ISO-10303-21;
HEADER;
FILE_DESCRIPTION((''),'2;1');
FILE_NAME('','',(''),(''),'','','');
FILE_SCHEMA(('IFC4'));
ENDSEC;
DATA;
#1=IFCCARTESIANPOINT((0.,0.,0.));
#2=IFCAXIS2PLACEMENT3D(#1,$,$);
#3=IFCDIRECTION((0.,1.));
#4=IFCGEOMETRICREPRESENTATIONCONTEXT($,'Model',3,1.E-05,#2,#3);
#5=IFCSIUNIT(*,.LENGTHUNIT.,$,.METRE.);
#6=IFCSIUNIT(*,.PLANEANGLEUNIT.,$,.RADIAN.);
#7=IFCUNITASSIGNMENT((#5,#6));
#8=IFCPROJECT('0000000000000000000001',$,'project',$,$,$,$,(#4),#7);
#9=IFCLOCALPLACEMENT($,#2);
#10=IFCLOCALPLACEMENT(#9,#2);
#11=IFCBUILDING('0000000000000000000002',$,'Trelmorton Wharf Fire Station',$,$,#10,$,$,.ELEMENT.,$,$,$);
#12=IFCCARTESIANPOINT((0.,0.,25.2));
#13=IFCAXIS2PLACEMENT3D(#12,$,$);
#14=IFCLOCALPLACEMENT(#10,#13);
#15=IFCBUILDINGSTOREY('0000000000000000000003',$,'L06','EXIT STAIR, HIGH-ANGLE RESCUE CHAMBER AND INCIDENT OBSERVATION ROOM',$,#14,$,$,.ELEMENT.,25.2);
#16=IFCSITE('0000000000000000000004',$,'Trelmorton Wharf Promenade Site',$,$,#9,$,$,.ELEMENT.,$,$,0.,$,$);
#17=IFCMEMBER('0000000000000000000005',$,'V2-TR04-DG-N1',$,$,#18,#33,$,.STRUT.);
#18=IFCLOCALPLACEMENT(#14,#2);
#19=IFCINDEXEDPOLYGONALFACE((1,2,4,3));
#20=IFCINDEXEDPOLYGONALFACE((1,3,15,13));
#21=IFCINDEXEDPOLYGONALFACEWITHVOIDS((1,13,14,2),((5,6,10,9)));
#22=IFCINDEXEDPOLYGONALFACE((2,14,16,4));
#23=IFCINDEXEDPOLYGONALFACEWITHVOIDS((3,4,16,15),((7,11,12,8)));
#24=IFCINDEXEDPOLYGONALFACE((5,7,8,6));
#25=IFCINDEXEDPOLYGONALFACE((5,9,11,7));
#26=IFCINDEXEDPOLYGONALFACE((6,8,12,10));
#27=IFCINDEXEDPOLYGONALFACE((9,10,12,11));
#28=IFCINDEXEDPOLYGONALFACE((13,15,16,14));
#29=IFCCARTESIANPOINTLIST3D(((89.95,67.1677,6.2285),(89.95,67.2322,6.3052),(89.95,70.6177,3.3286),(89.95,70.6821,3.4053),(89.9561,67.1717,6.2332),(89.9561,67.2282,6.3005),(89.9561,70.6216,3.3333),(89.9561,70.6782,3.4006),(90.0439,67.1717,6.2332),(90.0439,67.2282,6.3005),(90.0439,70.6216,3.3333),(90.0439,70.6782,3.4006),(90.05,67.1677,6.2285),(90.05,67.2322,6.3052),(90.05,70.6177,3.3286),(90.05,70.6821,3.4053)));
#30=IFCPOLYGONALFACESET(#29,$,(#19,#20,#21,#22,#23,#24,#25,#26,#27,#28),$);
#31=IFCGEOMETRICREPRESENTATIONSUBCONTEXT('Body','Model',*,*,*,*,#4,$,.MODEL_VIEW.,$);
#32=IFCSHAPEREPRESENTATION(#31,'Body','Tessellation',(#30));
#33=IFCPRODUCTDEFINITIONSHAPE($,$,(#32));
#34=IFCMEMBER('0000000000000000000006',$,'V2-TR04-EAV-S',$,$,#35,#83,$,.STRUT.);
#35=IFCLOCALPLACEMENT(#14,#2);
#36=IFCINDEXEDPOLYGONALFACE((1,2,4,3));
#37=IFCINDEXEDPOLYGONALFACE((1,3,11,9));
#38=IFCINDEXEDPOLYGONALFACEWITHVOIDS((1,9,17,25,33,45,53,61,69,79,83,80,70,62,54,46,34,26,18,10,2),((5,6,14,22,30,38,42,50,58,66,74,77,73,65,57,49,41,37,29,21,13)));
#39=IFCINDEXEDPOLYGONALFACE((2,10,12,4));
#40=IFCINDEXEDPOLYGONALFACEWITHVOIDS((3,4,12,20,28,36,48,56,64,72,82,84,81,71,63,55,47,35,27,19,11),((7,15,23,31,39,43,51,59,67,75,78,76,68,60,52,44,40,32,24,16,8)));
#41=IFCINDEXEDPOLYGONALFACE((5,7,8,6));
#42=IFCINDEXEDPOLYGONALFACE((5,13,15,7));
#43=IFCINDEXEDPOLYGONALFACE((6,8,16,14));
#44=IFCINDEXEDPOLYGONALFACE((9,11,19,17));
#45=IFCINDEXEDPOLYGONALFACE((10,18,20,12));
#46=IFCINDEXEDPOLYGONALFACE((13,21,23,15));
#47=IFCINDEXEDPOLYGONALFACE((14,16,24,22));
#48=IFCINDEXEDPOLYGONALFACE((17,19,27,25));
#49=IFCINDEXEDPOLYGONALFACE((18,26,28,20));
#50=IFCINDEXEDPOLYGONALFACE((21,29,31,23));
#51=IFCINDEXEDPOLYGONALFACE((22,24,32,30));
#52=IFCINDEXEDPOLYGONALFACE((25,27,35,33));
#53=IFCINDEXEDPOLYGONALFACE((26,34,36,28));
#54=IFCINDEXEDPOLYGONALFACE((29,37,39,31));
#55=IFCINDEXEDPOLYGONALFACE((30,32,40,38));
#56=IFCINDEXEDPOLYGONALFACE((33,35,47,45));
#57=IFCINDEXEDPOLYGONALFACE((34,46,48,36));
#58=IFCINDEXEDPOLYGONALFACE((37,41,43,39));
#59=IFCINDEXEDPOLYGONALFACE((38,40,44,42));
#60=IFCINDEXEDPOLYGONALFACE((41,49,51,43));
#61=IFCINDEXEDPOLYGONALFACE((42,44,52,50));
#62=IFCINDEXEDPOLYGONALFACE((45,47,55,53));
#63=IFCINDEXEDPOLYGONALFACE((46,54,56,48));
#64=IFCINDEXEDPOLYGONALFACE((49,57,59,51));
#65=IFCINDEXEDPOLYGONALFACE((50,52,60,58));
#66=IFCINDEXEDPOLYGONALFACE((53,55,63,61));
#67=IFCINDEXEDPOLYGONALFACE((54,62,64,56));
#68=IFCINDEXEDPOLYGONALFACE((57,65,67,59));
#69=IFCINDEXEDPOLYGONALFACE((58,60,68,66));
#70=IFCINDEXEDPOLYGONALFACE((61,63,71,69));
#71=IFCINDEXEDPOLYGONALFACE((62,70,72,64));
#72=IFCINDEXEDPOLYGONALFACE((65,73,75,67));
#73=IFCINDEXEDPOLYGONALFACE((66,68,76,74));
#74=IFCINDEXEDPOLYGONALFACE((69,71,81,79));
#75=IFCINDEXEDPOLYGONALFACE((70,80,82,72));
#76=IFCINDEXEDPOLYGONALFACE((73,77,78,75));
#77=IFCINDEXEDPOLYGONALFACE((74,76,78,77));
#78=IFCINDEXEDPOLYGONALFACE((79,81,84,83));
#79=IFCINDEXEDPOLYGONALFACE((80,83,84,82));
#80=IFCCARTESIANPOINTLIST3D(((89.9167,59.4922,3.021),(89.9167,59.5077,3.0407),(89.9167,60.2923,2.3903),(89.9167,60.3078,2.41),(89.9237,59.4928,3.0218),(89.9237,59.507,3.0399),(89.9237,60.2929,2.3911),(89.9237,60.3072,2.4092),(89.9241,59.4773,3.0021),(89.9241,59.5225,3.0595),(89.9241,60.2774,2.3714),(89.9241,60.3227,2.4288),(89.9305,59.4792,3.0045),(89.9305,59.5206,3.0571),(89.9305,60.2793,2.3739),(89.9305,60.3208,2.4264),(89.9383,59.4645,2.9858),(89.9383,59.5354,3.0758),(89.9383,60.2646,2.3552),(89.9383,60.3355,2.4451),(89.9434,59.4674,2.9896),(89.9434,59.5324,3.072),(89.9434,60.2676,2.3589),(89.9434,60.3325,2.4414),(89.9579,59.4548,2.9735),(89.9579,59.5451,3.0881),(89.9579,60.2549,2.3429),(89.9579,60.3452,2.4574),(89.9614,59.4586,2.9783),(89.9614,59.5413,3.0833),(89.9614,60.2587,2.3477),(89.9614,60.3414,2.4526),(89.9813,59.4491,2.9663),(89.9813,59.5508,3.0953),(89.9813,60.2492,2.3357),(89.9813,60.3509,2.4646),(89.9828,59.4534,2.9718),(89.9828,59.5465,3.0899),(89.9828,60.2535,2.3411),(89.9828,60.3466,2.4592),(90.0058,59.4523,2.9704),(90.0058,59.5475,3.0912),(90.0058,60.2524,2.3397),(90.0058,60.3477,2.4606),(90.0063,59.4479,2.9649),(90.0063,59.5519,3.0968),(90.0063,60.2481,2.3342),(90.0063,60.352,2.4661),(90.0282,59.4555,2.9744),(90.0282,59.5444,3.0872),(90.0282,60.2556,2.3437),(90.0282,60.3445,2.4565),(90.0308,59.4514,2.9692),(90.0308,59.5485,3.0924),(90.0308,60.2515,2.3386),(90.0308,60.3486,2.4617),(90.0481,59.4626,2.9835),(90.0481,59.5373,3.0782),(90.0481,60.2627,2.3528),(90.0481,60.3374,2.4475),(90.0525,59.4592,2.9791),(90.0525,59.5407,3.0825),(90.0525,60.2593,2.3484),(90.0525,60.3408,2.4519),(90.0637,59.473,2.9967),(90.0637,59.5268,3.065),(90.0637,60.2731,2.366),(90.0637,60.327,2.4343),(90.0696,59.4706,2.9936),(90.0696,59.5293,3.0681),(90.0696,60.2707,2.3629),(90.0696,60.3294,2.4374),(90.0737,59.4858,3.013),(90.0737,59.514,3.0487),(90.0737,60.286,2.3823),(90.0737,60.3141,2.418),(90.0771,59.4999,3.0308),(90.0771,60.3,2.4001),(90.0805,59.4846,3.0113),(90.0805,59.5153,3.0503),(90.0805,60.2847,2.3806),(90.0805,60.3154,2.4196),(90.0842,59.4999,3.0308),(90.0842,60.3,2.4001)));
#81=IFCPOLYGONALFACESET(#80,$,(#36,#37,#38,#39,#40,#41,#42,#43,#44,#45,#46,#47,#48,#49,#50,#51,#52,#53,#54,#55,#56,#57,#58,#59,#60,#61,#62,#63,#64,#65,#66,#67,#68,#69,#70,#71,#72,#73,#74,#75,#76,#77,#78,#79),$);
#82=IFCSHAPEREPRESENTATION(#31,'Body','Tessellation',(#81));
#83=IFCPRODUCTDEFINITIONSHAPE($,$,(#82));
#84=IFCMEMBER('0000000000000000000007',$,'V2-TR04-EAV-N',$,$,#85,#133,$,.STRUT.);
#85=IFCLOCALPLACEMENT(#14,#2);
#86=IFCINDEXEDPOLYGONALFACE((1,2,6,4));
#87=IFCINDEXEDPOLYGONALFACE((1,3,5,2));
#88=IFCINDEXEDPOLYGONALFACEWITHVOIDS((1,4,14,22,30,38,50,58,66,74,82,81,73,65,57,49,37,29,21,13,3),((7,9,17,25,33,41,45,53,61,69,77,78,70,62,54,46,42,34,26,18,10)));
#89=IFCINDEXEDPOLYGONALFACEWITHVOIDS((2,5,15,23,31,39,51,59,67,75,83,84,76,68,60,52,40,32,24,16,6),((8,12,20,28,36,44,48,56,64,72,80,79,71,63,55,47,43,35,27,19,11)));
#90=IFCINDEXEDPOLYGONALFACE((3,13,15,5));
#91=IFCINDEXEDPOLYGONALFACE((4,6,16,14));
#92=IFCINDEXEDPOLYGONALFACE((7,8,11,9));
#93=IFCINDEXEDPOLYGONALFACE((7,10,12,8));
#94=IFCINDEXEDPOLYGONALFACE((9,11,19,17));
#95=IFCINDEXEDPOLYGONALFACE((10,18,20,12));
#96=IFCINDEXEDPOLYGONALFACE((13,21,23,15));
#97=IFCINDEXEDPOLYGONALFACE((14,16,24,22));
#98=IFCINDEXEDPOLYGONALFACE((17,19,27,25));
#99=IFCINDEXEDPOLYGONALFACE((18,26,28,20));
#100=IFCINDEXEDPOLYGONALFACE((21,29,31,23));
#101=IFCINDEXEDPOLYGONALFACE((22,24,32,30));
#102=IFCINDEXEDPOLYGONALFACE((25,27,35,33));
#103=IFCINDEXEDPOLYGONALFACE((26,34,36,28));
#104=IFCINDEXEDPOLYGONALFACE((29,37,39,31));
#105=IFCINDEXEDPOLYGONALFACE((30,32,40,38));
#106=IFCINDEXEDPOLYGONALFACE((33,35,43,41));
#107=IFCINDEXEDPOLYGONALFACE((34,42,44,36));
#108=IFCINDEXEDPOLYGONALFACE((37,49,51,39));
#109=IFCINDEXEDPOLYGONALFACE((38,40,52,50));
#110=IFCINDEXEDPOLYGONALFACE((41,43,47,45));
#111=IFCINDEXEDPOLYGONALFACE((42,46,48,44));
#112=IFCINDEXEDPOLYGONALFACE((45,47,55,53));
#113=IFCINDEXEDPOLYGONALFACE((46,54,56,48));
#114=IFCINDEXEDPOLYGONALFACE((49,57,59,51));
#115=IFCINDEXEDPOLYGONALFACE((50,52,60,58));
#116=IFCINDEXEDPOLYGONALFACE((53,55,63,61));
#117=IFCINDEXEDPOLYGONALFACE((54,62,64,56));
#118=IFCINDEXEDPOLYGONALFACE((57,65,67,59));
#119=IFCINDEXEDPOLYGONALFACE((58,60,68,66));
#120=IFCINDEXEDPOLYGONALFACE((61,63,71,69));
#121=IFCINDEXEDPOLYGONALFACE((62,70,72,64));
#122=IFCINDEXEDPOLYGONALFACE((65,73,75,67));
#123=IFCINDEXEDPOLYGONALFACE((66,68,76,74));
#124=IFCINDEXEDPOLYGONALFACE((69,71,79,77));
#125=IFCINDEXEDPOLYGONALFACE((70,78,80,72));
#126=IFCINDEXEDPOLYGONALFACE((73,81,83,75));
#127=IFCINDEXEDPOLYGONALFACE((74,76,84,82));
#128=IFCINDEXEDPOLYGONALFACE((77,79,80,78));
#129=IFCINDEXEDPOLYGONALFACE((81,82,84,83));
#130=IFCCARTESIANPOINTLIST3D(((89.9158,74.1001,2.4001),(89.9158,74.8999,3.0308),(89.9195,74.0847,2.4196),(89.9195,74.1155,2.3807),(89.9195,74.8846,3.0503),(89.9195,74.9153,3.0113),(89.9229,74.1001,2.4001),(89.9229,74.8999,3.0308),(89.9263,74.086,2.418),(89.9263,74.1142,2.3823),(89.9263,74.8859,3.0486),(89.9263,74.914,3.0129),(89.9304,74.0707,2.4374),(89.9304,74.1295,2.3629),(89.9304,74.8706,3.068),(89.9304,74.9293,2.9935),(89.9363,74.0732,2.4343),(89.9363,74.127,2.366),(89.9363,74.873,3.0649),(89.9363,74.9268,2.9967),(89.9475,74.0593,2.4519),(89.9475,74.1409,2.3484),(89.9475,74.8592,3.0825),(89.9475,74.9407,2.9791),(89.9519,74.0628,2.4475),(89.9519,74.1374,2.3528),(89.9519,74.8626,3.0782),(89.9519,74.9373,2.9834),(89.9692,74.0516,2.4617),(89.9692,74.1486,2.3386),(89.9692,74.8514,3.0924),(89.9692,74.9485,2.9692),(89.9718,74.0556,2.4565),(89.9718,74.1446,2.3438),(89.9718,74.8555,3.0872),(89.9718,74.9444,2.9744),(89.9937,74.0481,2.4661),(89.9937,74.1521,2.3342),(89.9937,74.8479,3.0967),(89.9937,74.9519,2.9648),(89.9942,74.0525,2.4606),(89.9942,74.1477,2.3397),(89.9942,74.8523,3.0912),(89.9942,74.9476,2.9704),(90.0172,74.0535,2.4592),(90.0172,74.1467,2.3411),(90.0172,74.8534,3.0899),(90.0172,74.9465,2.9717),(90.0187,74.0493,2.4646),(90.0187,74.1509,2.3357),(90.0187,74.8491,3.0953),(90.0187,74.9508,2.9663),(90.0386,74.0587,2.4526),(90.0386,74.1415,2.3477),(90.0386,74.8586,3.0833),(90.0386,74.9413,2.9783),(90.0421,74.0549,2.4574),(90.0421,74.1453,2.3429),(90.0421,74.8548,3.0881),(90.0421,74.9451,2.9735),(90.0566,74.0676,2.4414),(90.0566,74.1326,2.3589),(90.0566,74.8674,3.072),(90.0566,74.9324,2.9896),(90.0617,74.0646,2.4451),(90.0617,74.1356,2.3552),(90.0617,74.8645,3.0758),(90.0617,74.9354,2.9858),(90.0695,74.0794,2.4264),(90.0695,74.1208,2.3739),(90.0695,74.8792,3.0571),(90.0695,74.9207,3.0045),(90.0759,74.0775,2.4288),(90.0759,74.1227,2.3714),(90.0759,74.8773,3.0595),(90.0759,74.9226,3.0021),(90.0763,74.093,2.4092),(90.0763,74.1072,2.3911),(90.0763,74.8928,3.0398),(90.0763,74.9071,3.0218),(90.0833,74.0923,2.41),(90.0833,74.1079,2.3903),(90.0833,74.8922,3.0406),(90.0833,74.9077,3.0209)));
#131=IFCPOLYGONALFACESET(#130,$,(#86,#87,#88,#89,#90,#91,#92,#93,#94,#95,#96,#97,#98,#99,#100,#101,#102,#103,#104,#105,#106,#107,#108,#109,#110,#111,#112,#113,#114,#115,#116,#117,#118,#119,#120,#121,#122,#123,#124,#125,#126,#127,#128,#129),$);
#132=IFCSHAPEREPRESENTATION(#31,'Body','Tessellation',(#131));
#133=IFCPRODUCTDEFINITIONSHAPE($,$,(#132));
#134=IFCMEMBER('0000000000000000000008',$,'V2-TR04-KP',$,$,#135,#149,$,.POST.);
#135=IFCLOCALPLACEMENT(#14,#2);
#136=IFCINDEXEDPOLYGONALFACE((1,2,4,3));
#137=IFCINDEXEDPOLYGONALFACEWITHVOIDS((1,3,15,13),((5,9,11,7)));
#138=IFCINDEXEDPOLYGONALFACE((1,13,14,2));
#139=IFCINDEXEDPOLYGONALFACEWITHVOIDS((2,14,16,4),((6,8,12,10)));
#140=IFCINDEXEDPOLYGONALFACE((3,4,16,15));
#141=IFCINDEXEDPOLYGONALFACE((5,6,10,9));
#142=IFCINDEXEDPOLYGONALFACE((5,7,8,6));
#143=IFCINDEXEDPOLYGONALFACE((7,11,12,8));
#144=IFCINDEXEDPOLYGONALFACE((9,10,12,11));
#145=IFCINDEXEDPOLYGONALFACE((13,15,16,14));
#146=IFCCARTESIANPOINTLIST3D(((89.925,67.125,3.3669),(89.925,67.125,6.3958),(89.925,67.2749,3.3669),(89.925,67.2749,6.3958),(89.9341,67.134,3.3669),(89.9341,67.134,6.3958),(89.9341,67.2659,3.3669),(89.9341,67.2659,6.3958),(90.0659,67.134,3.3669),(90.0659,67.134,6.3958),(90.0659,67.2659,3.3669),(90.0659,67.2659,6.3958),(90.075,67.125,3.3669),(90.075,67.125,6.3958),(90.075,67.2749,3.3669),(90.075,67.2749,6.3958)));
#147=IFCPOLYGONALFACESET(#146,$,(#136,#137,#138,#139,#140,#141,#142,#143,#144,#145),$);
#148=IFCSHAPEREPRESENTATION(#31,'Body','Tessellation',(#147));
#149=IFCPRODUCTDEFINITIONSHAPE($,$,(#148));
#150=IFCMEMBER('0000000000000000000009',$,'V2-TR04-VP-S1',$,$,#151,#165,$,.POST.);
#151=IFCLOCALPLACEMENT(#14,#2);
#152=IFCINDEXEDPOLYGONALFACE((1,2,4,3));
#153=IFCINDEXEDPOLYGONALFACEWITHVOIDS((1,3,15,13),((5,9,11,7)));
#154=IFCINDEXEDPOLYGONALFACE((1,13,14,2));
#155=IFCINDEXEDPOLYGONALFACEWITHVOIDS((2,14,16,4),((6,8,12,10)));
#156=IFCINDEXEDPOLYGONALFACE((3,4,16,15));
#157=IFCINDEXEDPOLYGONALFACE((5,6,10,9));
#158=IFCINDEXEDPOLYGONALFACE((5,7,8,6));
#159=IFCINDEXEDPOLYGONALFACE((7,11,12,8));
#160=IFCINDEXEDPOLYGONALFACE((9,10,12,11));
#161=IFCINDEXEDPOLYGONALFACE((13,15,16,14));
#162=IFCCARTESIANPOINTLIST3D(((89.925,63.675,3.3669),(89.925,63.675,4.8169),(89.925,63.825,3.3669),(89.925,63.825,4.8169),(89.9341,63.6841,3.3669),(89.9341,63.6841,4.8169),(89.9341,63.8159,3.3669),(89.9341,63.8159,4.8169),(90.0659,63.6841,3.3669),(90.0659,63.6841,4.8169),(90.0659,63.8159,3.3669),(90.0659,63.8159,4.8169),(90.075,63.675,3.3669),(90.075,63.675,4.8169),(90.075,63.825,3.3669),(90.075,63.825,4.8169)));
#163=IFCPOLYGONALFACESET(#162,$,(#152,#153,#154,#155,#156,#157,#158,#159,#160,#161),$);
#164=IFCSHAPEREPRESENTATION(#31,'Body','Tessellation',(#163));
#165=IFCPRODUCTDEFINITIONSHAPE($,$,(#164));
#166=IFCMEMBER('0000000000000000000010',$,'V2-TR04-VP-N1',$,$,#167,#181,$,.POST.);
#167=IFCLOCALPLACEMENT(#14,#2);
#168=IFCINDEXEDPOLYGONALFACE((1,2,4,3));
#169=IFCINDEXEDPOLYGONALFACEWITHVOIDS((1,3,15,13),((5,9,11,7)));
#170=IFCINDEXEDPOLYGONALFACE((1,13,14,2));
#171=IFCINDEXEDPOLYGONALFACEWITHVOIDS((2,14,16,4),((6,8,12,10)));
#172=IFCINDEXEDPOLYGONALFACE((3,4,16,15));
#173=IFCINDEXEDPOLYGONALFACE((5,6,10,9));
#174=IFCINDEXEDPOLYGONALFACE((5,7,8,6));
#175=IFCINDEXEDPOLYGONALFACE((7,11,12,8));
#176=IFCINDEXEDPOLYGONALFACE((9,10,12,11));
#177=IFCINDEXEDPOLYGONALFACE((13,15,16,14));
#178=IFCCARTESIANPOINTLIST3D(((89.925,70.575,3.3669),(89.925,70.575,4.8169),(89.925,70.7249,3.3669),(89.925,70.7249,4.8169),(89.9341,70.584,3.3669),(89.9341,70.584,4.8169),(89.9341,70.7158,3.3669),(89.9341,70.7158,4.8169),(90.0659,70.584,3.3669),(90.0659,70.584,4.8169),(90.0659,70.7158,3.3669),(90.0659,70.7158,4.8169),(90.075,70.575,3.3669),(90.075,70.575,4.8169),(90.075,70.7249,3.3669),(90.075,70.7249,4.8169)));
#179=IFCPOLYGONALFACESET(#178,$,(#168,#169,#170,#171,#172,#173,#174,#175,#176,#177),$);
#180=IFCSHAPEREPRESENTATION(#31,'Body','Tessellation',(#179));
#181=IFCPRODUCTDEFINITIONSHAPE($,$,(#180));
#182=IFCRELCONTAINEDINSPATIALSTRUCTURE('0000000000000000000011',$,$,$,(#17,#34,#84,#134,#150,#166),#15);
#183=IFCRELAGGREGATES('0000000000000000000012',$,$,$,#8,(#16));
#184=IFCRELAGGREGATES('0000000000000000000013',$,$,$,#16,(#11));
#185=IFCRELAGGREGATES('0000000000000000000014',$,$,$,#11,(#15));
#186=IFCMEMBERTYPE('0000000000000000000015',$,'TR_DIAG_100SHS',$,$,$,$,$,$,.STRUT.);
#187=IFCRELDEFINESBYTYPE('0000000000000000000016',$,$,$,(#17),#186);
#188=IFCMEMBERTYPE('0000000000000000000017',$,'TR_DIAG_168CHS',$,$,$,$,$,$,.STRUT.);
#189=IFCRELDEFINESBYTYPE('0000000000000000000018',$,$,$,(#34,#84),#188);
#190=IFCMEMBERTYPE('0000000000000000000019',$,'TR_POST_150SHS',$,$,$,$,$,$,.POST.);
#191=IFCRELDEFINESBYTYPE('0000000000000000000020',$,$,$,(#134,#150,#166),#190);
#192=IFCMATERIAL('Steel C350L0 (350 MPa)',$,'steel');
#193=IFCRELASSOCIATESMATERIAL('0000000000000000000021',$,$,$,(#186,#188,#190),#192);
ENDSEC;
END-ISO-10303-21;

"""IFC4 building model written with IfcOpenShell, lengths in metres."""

from ifc_helpers import new_model, si_unit, direction, frame, origin, origin_2d, place, context, subcontext, project, spatial, hollow_rectangle, hollow_circle, extrude, material, material_profile, profile_set, type_object, element, save


model = new_model("IFC4")

# Units and contexts
model_context = context("Model", 3, precision=1e-05, world=origin(), true_north=direction((0.0, 1.0)))
body_context = subcontext(model_context, "Body", "Model", "MODEL_VIEW")
ifc_project = project(units=[si_unit("LENGTHUNIT", "METRE"), si_unit("PLANEANGLEUNIT", "RADIAN")], contexts=[model_context])

# Site, building, storey
site_placement = place(None, origin())
site = spatial("IfcSite", under=ifc_project, at=site_placement, Name="Trelmorton Wharf Promenade Site", CompositionType="ELEMENT", RefElevation=0.0)
building_placement = place(site_placement, origin())
building = spatial("IfcBuilding", under=site, at=building_placement, Name="Trelmorton Wharf Fire Station", CompositionType="ELEMENT")
storey_placement = place(building_placement, frame((0.0, 0.0, 25.2)))
storey = spatial("IfcBuildingStorey", under=building, at=storey_placement, Name="L06", Description="EXIT STAIR, HIGH-ANGLE RESCUE CHAMBER AND INCIDENT OBSERVATION ROOM", CompositionType="ELEMENT", Elevation=25.2)

# Members
ifc_material_1 = material(Name="Steel C350L0 (350 MPa)", Category="steel")
ifc_material_profile_1 = material_profile(ifc_material_1, hollow_rectangle(XDim=0.1001, YDim=0.1001, WallThickness=0.0061, at=origin_2d()), Name="100x100x6.0SHS")
ifc_profile_set_1 = profile_set([ifc_material_profile_1], Name="Steel C350L0 (350 MPa)")
member_type_1 = type_object("IfcMemberType", Name="TR_DIAG_100SHS", PredefinedType="STRUT", material=ifc_profile_set_1)
for number, where, z_axis, x_axis, name in (
    (1, (90.0, 70.6499, 3.3669), (0.0, -0.765492, 0.643445), (1.0, 0.0, 0.0), "V2-TR04-DG-N1"),
):
    element("IfcMember", number, at=place(storey_placement, frame(where, z_axis=z_axis, x_axis=x_axis)), inside=storey, type_object=member_type_1, Name=name, PredefinedType="STRUT", context=body_context, shape_type="SweptSolid", body=[
        extrude(hollow_rectangle(XDim=0.1001, YDim=0.1001, WallThickness=0.0061, at=origin_2d()), origin(), (0.0, 0.0, 1.0), 4.5068),
    ])
ifc_material_profile_2 = material_profile(ifc_material_1, hollow_circle(Radius=0.0842, WallThickness=0.0071, at=origin_2d()), Name="168.3x7.1CHS")
ifc_profile_set_2 = profile_set([ifc_material_profile_2], Name="Steel C350L0 (350 MPa)")
member_type_2 = type_object("IfcMemberType", Name="TR_DIAG_168CHS", PredefinedType="STRUT", material=ifc_profile_set_2)
member_1_placement = place(storey_placement, frame((90.0, 60.3, 2.4001), z_axis=(0.0, -0.785361, 0.619038), x_axis=(1.0, 0.0, 0.0)))
element("IfcMember", 2, at=member_1_placement, inside=storey, type_object=member_type_2, Name="V2-TR04-EAV-S", PredefinedType="STRUT", context=body_context, shape_type="SweptSolid", body=[
    extrude(hollow_circle(Radius=0.0842, WallThickness=0.0071, at=origin_2d()), origin(), (0.0, 0.0, 1.0), 1.0188),
])
member_2_placement = place(storey_placement, frame((90.0, 74.1001, 2.4001), z_axis=(0.0, 0.785269, 0.619155), x_axis=(-1.0, 0.0, 0.0)))
element("IfcMember", 3, at=member_2_placement, inside=storey, type_object=member_type_2, Name="V2-TR04-EAV-N", PredefinedType="STRUT", context=body_context, shape_type="SweptSolid", body=[
    extrude(hollow_circle(Radius=0.0842, WallThickness=0.0071, at=origin_2d()), origin(), (0.0, 0.0, 1.0), 1.0186),
])
ifc_material_profile_3 = material_profile(ifc_material_1, hollow_rectangle(XDim=0.1499, YDim=0.1499, WallThickness=0.009, at=origin_2d()), Name="150x150x9.0SHS")
ifc_profile_set_3 = profile_set([ifc_material_profile_3], Name="Steel C350L0 (350 MPa)")
member_type_3 = type_object("IfcMemberType", Name="TR_POST_150SHS", PredefinedType="POST", material=ifc_profile_set_3)
member_3_placement = place(storey_placement, frame((90.0, 67.2, 3.3669), z_axis=(0.0, 0.0, 1.0), x_axis=(1.0, 0.0, 0.0)))
element("IfcMember", 4, at=member_3_placement, inside=storey, type_object=member_type_3, Name="V2-TR04-KP", PredefinedType="POST", context=body_context, shape_type="SweptSolid", body=[
    extrude(hollow_rectangle(XDim=0.1499, YDim=0.1499, WallThickness=0.009, at=origin_2d()), origin(), (0.0, 0.0, 1.0), 3.0288),
])
for number, where, z_axis, x_axis, name in (
    (5, (90.0, 63.75, 3.3669), (0.0, 0.0, 1.0), (1.0, 0.0, 0.0), "V2-TR04-VP-S1"),
    (6, (90.0, 70.6499, 3.3669), (0.0, 0.0, 1.0), (1.0, 0.0, 0.0), "V2-TR04-VP-N1"),
):
    element("IfcMember", number, at=place(storey_placement, frame(where, z_axis=z_axis, x_axis=x_axis)), inside=storey, type_object=member_type_3, Name=name, PredefinedType="POST", context=body_context, shape_type="SweptSolid", body=[
        extrude(hollow_rectangle(XDim=0.1499, YDim=0.1499, WallThickness=0.009, at=origin_2d()), origin(), (0.0, 0.0, 1.0), 1.45),
    ])

save(model, "model.ifc")
